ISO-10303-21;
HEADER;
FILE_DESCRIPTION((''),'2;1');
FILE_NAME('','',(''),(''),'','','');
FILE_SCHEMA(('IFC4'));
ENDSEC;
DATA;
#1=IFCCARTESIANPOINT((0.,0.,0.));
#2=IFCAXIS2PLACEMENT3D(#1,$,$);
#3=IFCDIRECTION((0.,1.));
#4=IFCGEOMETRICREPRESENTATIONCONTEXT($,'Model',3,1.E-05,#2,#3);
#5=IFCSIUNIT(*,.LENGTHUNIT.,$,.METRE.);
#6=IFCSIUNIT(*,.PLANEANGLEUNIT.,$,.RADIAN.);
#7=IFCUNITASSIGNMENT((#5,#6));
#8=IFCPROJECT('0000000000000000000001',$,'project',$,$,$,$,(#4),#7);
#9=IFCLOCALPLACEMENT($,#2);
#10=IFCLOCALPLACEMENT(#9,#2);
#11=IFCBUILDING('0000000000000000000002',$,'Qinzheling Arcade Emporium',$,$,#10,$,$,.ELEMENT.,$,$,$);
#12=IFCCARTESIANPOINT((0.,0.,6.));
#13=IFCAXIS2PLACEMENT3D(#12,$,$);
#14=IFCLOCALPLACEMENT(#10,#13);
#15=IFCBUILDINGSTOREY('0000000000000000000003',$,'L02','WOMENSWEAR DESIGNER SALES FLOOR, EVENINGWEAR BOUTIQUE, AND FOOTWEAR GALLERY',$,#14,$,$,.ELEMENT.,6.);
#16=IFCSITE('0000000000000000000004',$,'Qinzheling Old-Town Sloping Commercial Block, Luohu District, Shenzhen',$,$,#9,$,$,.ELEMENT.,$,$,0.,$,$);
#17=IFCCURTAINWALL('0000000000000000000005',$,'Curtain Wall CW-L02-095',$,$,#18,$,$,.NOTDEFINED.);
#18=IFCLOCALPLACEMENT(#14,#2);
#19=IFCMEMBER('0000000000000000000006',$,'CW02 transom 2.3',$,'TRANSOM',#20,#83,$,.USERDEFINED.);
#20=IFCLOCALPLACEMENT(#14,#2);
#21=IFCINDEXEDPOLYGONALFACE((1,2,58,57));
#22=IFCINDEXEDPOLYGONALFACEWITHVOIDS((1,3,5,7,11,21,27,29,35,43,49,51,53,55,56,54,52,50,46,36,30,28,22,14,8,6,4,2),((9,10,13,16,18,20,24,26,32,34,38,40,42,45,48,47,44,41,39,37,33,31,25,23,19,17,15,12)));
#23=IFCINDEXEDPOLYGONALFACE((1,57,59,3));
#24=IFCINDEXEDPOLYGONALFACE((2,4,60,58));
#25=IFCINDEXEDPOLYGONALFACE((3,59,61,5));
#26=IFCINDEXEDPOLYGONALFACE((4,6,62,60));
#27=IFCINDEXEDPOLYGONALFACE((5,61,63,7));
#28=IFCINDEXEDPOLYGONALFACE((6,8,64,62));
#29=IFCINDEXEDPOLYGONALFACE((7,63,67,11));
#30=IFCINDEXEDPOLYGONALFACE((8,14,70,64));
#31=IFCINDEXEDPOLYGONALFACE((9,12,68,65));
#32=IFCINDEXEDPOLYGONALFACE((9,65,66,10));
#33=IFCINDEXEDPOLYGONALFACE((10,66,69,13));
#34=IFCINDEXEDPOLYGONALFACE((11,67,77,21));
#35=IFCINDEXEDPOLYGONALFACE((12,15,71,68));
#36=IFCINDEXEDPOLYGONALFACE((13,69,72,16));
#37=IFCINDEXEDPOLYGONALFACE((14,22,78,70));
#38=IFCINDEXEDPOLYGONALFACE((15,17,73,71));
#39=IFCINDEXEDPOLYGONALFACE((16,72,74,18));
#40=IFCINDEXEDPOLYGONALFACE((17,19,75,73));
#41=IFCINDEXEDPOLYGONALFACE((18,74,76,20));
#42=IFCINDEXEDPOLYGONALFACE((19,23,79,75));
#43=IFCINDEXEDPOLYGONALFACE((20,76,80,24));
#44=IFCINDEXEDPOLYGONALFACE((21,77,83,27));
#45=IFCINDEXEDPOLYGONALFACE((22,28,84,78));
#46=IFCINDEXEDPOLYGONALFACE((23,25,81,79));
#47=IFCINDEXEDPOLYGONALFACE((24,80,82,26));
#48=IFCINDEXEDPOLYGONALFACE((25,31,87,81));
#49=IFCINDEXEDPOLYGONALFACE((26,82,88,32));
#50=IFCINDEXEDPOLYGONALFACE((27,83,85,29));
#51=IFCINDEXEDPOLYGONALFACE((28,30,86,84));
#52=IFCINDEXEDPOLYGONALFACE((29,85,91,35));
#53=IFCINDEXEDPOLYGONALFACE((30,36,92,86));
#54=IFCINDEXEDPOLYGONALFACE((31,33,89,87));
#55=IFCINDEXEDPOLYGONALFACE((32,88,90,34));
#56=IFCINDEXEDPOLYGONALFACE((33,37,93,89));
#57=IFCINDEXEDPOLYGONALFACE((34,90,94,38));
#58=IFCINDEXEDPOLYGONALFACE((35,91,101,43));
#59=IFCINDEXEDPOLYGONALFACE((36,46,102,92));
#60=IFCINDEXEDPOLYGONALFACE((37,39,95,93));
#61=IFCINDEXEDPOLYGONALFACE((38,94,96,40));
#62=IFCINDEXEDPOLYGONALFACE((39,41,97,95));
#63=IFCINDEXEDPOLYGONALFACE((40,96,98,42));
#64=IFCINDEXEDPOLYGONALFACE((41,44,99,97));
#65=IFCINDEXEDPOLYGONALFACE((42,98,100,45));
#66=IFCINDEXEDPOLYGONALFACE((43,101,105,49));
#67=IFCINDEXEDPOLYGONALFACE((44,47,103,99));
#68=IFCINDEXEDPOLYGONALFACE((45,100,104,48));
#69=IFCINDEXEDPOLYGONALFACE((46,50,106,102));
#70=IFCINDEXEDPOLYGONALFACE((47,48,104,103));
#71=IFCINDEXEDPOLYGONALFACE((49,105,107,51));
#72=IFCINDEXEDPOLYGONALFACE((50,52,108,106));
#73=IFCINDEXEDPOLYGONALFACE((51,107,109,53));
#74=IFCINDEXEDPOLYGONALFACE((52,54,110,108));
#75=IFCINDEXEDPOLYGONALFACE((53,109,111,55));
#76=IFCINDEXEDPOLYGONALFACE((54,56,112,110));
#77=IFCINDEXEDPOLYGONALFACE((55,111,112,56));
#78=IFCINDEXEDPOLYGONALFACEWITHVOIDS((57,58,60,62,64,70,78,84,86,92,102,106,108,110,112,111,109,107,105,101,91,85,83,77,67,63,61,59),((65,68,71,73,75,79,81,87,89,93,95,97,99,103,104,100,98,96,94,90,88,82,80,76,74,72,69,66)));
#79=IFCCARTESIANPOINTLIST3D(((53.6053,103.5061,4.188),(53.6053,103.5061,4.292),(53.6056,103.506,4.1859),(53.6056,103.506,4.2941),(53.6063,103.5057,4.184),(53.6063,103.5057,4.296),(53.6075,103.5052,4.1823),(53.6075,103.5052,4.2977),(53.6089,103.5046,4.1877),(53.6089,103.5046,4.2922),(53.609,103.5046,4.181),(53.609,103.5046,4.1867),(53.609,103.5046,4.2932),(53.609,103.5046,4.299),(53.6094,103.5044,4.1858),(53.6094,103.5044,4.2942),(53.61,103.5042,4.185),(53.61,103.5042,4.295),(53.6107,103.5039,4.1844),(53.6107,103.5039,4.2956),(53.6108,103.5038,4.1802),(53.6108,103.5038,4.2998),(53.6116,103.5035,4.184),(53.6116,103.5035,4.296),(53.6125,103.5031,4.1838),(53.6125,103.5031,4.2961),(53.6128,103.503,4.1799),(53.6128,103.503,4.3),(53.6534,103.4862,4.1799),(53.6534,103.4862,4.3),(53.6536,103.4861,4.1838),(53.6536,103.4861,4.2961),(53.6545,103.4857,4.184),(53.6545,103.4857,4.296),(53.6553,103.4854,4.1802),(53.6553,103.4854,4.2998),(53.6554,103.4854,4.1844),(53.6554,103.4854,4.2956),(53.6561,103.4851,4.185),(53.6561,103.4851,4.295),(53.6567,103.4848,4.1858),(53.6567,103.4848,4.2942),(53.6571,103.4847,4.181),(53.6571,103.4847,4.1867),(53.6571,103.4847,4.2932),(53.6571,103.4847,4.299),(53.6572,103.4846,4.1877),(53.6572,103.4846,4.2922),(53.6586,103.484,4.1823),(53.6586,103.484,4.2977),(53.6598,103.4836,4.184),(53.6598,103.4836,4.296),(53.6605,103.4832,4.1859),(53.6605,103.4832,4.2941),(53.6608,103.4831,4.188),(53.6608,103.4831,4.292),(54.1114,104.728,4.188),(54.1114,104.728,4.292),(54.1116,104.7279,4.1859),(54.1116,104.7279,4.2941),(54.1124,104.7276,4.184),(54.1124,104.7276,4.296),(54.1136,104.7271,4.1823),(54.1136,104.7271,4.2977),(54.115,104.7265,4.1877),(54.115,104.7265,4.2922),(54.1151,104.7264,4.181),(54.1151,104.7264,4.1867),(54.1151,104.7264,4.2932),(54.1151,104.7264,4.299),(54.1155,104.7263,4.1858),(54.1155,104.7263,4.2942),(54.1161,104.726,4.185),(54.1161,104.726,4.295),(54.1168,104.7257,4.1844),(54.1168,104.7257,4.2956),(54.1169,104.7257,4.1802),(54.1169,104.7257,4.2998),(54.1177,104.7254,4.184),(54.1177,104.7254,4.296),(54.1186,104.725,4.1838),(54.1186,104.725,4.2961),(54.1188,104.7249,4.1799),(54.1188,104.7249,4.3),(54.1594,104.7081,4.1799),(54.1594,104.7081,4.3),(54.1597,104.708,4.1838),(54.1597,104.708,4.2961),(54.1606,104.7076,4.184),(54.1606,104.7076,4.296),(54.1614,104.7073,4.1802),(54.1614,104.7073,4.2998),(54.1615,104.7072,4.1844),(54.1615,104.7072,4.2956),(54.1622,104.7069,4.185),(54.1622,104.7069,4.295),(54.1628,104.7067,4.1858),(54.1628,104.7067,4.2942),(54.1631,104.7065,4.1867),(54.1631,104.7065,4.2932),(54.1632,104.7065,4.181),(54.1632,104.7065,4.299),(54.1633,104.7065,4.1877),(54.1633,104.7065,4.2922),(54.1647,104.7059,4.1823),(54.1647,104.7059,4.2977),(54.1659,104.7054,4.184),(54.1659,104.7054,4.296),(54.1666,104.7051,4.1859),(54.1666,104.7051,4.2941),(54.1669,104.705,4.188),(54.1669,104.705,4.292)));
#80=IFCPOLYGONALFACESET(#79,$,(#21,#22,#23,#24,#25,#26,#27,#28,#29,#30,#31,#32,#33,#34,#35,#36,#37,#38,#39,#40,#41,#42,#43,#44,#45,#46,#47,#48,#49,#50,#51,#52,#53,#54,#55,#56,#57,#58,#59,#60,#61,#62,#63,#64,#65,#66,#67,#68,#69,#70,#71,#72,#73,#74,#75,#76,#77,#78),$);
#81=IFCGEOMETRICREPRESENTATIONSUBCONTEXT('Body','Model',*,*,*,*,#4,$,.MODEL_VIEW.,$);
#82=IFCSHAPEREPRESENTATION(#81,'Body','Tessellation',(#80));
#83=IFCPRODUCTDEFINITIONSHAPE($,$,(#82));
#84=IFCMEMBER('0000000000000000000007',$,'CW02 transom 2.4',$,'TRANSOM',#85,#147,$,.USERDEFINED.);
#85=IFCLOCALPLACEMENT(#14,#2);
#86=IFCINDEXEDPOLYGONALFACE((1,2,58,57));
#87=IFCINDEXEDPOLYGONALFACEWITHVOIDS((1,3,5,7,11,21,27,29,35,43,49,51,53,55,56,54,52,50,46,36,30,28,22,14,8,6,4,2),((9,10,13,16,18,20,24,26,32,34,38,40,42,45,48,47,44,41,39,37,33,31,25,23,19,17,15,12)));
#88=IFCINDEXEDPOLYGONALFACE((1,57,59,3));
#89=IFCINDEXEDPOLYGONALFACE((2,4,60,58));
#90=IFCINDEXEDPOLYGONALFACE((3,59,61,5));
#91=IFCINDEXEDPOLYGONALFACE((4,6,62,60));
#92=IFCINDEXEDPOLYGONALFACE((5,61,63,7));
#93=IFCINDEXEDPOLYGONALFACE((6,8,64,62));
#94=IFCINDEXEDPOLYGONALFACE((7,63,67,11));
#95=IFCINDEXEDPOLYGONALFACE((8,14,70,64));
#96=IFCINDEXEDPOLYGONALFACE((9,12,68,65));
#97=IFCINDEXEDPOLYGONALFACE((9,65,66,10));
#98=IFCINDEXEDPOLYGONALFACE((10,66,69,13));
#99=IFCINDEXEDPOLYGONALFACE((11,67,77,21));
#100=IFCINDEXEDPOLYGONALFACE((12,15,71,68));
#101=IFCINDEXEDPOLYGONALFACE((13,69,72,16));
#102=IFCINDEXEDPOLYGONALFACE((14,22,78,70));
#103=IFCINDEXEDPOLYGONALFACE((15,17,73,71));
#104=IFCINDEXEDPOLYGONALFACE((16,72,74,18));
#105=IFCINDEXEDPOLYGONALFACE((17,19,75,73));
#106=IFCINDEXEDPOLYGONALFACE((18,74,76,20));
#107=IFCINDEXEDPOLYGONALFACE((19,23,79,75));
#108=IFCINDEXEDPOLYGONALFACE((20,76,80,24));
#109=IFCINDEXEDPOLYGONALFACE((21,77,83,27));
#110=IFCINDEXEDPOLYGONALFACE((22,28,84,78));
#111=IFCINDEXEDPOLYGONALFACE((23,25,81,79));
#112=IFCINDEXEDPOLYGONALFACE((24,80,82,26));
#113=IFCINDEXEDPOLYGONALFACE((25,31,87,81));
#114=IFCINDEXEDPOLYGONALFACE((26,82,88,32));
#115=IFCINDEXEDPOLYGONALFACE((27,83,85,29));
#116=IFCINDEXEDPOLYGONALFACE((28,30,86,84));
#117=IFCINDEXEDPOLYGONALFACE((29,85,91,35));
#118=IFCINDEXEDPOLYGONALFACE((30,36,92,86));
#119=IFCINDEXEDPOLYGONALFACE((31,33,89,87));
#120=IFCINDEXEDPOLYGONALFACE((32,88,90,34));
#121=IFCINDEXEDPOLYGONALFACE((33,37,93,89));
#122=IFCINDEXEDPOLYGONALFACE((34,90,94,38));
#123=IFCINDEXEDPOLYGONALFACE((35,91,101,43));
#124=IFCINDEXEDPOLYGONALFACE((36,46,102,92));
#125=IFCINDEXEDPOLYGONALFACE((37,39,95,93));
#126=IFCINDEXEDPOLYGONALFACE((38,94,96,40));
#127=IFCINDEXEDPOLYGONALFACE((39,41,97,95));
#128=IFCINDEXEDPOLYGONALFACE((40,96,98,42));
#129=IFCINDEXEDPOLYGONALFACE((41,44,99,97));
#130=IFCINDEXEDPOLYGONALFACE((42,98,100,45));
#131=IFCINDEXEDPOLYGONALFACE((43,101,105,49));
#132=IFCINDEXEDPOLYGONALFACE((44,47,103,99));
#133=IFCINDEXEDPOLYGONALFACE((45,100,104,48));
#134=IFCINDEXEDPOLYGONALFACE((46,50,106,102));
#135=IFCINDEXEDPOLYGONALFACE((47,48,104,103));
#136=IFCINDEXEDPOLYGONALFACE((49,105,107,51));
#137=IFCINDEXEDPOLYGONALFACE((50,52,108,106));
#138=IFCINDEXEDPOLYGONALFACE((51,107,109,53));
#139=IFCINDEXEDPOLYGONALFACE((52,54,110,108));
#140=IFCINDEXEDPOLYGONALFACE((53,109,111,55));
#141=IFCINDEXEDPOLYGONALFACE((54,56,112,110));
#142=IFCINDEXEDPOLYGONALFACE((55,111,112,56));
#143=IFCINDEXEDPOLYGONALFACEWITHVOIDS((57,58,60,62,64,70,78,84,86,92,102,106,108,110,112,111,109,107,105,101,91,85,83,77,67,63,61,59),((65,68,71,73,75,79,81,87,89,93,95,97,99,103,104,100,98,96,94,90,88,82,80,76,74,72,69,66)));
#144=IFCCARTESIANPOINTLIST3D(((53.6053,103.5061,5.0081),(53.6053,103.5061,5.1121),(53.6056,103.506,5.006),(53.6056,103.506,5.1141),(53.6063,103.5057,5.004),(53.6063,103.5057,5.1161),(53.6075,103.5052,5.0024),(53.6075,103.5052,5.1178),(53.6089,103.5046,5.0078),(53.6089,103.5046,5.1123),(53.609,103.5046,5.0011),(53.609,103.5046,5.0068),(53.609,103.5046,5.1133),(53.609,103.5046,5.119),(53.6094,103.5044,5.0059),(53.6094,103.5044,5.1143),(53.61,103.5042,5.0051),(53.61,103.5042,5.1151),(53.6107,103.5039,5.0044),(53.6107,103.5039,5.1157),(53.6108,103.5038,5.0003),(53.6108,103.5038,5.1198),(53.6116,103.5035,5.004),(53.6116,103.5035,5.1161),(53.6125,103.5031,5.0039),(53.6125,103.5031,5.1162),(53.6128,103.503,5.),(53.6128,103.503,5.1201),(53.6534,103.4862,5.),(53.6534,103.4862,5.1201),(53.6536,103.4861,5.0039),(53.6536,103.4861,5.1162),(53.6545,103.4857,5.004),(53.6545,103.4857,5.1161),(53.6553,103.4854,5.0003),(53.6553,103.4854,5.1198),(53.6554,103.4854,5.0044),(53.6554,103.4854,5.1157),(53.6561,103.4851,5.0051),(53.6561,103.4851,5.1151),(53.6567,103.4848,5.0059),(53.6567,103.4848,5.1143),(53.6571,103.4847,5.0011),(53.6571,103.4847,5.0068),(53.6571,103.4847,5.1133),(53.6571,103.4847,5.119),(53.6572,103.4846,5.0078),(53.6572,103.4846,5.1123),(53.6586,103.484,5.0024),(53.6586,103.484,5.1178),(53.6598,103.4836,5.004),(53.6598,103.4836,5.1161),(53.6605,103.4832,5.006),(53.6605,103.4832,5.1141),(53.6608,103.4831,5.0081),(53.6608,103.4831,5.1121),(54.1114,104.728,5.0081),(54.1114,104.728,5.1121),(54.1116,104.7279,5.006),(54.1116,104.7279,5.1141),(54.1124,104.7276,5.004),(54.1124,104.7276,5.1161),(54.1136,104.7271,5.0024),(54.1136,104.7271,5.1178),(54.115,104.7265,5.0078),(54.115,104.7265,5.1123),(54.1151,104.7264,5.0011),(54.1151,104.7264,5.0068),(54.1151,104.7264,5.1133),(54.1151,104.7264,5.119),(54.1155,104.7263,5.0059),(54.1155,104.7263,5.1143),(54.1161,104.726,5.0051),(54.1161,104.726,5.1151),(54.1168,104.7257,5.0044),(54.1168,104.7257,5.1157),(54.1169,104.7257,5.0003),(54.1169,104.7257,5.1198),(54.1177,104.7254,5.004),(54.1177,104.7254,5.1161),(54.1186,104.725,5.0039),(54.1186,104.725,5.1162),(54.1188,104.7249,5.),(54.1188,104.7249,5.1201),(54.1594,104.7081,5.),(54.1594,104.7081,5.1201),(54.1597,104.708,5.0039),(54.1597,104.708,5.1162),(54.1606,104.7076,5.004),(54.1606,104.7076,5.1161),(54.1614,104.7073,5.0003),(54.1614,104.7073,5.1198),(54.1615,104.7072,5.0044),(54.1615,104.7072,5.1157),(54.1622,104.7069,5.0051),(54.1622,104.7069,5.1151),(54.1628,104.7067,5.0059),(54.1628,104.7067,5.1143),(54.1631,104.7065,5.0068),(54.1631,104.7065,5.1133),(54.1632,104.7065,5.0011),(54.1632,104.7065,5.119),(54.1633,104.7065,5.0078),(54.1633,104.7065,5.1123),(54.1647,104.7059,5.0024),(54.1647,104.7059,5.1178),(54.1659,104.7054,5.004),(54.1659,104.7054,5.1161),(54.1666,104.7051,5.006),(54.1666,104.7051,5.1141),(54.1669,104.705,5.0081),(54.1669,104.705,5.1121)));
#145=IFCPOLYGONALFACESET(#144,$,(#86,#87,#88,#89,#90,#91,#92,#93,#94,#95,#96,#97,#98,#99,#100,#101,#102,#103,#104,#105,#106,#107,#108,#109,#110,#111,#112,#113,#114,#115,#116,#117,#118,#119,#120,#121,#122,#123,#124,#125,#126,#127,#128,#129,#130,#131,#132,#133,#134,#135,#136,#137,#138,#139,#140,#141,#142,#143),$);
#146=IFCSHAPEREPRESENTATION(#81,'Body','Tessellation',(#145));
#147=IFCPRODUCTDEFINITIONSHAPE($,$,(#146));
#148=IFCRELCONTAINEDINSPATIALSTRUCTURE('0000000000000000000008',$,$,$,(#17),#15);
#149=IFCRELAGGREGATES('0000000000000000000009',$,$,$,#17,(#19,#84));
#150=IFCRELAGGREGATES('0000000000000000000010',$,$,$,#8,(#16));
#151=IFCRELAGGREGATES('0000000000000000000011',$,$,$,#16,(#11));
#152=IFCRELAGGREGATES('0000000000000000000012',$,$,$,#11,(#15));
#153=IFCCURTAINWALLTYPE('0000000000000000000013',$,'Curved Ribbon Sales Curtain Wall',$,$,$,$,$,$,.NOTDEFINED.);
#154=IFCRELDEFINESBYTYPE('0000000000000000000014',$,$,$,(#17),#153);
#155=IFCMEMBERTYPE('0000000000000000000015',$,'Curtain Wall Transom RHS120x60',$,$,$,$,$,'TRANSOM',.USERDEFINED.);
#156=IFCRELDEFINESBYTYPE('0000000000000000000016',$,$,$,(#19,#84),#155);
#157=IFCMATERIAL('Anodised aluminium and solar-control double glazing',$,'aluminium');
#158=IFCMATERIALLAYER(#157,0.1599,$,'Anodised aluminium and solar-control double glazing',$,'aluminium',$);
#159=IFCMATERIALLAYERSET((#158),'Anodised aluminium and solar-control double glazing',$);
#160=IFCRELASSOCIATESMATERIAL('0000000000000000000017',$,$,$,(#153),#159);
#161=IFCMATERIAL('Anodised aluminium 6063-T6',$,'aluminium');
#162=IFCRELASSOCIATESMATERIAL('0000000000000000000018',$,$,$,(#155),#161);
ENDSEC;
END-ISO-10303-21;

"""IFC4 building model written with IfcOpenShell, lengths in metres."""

from ifc_helpers import new_model, si_unit, direction, frame, origin, origin_2d, place, context, subcontext, project, spatial, hollow_rectangle, extrude, material, layer, layer_set, material_profile, profile_set, type_object, element, aggregate, save


model = new_model("IFC4")

# Units and contexts
model_context = context("Model", 3, precision=1e-05, world=origin(), true_north=direction((0.0, 1.0)))
body_context = subcontext(model_context, "Body", "Model", "MODEL_VIEW")
ifc_project = project(units=[si_unit("LENGTHUNIT", "METRE"), si_unit("PLANEANGLEUNIT", "RADIAN")], contexts=[model_context])

# Site, building, storey
site_placement = place(None, origin())
site = spatial("IfcSite", under=ifc_project, at=site_placement, Name="Qinzheling Old-Town Sloping Commercial Block, Luohu District, Shenzhen", CompositionType="ELEMENT", RefElevation=0.0)
building_placement = place(site_placement, origin())
building = spatial("IfcBuilding", under=site, at=building_placement, Name="Qinzheling Arcade Emporium", CompositionType="ELEMENT")
storey_placement = place(building_placement, frame((0.0, 0.0, 6.0)))
storey = spatial("IfcBuildingStorey", under=building, at=storey_placement, Name="L02", Description="WOMENSWEAR DESIGNER SALES FLOOR, EVENINGWEAR BOUTIQUE, AND FOOTWEAR GALLERY", CompositionType="ELEMENT", Elevation=6.0)

# Curtain wall
ifc_material_1 = material(Name="Anodised aluminium and solar-control double glazing", Category="aluminium")
ifc_layer_1 = layer(ifc_material_1, 0.1599, Name="Anodised aluminium and solar-control double glazing", Category="aluminium")
ifc_layer_set_1 = layer_set([ifc_layer_1], Name="Anodised aluminium and solar-control double glazing")
curtain_wall_type = type_object("IfcCurtainWallType", Name="Curved Ribbon Sales Curtain Wall", PredefinedType="NOTDEFINED", material=ifc_layer_set_1)
curtain_wall_1_placement = place(storey_placement, origin())
curtain_wall_1 = element("IfcCurtainWall", 1, at=curtain_wall_1_placement, inside=storey, type_object=curtain_wall_type, Name="Curtain Wall CW-L02-095", PredefinedType="NOTDEFINED")
ifc_material_2 = material(Name="Anodised aluminium 6063-T6", Category="aluminium")

# Members
ifc_material_profile_1 = material_profile(ifc_material_2, hollow_rectangle(XDim=0.0601, YDim=0.1201, WallThickness=0.0039, InnerFilletRadius=0.0039, OuterFilletRadius=0.0081, at=origin_2d()), Name="RHS 120x60x4", Category="aluminium")
ifc_profile_set_1 = profile_set([ifc_material_profile_1], Name="Anodised aluminium 6063-T6")
member_type_1 = type_object("IfcMemberType", Name="Curtain Wall Transom RHS120x60", ElementType="TRANSOM", PredefinedType="USERDEFINED", material=ifc_profile_set_1)
member_1_placement = place(storey_placement, frame((53.6331, 103.4946, 4.24), z_axis=(0.382662, 0.923889, 0.0), x_axis=(-0.923889, 0.382662, 0.0)))
member_1 = element("IfcMember", 2, at=member_1_placement, type_object=member_type_1, Name="CW02 transom 2.3", ObjectType="TRANSOM", PredefinedType="USERDEFINED", context=body_context, shape_type="SweptSolid", body=[
    extrude(hollow_rectangle(XDim=0.0601, YDim=0.1201, WallThickness=0.0039, InnerFilletRadius=0.0039, OuterFilletRadius=0.0081, at=origin_2d()), origin(), (0.0, 0.0, 1.0), 1.3225),
])
member_2_placement = place(storey_placement, frame((53.6331, 103.4946, 5.0601), z_axis=(0.382662, 0.923889, 0.0), x_axis=(-0.923889, 0.382662, 0.0)))
member_2 = element("IfcMember", 3, at=member_2_placement, type_object=member_type_1, Name="CW02 transom 2.4", ObjectType="TRANSOM", PredefinedType="USERDEFINED", context=body_context, shape_type="SweptSolid", body=[
    extrude(hollow_rectangle(XDim=0.0601, YDim=0.1201, WallThickness=0.0039, InnerFilletRadius=0.0039, OuterFilletRadius=0.0081, at=origin_2d()), origin(), (0.0, 0.0, 1.0), 1.3225),
])

aggregate(curtain_wall_1, [member_1, member_2])

save(model, "model.ifc")
